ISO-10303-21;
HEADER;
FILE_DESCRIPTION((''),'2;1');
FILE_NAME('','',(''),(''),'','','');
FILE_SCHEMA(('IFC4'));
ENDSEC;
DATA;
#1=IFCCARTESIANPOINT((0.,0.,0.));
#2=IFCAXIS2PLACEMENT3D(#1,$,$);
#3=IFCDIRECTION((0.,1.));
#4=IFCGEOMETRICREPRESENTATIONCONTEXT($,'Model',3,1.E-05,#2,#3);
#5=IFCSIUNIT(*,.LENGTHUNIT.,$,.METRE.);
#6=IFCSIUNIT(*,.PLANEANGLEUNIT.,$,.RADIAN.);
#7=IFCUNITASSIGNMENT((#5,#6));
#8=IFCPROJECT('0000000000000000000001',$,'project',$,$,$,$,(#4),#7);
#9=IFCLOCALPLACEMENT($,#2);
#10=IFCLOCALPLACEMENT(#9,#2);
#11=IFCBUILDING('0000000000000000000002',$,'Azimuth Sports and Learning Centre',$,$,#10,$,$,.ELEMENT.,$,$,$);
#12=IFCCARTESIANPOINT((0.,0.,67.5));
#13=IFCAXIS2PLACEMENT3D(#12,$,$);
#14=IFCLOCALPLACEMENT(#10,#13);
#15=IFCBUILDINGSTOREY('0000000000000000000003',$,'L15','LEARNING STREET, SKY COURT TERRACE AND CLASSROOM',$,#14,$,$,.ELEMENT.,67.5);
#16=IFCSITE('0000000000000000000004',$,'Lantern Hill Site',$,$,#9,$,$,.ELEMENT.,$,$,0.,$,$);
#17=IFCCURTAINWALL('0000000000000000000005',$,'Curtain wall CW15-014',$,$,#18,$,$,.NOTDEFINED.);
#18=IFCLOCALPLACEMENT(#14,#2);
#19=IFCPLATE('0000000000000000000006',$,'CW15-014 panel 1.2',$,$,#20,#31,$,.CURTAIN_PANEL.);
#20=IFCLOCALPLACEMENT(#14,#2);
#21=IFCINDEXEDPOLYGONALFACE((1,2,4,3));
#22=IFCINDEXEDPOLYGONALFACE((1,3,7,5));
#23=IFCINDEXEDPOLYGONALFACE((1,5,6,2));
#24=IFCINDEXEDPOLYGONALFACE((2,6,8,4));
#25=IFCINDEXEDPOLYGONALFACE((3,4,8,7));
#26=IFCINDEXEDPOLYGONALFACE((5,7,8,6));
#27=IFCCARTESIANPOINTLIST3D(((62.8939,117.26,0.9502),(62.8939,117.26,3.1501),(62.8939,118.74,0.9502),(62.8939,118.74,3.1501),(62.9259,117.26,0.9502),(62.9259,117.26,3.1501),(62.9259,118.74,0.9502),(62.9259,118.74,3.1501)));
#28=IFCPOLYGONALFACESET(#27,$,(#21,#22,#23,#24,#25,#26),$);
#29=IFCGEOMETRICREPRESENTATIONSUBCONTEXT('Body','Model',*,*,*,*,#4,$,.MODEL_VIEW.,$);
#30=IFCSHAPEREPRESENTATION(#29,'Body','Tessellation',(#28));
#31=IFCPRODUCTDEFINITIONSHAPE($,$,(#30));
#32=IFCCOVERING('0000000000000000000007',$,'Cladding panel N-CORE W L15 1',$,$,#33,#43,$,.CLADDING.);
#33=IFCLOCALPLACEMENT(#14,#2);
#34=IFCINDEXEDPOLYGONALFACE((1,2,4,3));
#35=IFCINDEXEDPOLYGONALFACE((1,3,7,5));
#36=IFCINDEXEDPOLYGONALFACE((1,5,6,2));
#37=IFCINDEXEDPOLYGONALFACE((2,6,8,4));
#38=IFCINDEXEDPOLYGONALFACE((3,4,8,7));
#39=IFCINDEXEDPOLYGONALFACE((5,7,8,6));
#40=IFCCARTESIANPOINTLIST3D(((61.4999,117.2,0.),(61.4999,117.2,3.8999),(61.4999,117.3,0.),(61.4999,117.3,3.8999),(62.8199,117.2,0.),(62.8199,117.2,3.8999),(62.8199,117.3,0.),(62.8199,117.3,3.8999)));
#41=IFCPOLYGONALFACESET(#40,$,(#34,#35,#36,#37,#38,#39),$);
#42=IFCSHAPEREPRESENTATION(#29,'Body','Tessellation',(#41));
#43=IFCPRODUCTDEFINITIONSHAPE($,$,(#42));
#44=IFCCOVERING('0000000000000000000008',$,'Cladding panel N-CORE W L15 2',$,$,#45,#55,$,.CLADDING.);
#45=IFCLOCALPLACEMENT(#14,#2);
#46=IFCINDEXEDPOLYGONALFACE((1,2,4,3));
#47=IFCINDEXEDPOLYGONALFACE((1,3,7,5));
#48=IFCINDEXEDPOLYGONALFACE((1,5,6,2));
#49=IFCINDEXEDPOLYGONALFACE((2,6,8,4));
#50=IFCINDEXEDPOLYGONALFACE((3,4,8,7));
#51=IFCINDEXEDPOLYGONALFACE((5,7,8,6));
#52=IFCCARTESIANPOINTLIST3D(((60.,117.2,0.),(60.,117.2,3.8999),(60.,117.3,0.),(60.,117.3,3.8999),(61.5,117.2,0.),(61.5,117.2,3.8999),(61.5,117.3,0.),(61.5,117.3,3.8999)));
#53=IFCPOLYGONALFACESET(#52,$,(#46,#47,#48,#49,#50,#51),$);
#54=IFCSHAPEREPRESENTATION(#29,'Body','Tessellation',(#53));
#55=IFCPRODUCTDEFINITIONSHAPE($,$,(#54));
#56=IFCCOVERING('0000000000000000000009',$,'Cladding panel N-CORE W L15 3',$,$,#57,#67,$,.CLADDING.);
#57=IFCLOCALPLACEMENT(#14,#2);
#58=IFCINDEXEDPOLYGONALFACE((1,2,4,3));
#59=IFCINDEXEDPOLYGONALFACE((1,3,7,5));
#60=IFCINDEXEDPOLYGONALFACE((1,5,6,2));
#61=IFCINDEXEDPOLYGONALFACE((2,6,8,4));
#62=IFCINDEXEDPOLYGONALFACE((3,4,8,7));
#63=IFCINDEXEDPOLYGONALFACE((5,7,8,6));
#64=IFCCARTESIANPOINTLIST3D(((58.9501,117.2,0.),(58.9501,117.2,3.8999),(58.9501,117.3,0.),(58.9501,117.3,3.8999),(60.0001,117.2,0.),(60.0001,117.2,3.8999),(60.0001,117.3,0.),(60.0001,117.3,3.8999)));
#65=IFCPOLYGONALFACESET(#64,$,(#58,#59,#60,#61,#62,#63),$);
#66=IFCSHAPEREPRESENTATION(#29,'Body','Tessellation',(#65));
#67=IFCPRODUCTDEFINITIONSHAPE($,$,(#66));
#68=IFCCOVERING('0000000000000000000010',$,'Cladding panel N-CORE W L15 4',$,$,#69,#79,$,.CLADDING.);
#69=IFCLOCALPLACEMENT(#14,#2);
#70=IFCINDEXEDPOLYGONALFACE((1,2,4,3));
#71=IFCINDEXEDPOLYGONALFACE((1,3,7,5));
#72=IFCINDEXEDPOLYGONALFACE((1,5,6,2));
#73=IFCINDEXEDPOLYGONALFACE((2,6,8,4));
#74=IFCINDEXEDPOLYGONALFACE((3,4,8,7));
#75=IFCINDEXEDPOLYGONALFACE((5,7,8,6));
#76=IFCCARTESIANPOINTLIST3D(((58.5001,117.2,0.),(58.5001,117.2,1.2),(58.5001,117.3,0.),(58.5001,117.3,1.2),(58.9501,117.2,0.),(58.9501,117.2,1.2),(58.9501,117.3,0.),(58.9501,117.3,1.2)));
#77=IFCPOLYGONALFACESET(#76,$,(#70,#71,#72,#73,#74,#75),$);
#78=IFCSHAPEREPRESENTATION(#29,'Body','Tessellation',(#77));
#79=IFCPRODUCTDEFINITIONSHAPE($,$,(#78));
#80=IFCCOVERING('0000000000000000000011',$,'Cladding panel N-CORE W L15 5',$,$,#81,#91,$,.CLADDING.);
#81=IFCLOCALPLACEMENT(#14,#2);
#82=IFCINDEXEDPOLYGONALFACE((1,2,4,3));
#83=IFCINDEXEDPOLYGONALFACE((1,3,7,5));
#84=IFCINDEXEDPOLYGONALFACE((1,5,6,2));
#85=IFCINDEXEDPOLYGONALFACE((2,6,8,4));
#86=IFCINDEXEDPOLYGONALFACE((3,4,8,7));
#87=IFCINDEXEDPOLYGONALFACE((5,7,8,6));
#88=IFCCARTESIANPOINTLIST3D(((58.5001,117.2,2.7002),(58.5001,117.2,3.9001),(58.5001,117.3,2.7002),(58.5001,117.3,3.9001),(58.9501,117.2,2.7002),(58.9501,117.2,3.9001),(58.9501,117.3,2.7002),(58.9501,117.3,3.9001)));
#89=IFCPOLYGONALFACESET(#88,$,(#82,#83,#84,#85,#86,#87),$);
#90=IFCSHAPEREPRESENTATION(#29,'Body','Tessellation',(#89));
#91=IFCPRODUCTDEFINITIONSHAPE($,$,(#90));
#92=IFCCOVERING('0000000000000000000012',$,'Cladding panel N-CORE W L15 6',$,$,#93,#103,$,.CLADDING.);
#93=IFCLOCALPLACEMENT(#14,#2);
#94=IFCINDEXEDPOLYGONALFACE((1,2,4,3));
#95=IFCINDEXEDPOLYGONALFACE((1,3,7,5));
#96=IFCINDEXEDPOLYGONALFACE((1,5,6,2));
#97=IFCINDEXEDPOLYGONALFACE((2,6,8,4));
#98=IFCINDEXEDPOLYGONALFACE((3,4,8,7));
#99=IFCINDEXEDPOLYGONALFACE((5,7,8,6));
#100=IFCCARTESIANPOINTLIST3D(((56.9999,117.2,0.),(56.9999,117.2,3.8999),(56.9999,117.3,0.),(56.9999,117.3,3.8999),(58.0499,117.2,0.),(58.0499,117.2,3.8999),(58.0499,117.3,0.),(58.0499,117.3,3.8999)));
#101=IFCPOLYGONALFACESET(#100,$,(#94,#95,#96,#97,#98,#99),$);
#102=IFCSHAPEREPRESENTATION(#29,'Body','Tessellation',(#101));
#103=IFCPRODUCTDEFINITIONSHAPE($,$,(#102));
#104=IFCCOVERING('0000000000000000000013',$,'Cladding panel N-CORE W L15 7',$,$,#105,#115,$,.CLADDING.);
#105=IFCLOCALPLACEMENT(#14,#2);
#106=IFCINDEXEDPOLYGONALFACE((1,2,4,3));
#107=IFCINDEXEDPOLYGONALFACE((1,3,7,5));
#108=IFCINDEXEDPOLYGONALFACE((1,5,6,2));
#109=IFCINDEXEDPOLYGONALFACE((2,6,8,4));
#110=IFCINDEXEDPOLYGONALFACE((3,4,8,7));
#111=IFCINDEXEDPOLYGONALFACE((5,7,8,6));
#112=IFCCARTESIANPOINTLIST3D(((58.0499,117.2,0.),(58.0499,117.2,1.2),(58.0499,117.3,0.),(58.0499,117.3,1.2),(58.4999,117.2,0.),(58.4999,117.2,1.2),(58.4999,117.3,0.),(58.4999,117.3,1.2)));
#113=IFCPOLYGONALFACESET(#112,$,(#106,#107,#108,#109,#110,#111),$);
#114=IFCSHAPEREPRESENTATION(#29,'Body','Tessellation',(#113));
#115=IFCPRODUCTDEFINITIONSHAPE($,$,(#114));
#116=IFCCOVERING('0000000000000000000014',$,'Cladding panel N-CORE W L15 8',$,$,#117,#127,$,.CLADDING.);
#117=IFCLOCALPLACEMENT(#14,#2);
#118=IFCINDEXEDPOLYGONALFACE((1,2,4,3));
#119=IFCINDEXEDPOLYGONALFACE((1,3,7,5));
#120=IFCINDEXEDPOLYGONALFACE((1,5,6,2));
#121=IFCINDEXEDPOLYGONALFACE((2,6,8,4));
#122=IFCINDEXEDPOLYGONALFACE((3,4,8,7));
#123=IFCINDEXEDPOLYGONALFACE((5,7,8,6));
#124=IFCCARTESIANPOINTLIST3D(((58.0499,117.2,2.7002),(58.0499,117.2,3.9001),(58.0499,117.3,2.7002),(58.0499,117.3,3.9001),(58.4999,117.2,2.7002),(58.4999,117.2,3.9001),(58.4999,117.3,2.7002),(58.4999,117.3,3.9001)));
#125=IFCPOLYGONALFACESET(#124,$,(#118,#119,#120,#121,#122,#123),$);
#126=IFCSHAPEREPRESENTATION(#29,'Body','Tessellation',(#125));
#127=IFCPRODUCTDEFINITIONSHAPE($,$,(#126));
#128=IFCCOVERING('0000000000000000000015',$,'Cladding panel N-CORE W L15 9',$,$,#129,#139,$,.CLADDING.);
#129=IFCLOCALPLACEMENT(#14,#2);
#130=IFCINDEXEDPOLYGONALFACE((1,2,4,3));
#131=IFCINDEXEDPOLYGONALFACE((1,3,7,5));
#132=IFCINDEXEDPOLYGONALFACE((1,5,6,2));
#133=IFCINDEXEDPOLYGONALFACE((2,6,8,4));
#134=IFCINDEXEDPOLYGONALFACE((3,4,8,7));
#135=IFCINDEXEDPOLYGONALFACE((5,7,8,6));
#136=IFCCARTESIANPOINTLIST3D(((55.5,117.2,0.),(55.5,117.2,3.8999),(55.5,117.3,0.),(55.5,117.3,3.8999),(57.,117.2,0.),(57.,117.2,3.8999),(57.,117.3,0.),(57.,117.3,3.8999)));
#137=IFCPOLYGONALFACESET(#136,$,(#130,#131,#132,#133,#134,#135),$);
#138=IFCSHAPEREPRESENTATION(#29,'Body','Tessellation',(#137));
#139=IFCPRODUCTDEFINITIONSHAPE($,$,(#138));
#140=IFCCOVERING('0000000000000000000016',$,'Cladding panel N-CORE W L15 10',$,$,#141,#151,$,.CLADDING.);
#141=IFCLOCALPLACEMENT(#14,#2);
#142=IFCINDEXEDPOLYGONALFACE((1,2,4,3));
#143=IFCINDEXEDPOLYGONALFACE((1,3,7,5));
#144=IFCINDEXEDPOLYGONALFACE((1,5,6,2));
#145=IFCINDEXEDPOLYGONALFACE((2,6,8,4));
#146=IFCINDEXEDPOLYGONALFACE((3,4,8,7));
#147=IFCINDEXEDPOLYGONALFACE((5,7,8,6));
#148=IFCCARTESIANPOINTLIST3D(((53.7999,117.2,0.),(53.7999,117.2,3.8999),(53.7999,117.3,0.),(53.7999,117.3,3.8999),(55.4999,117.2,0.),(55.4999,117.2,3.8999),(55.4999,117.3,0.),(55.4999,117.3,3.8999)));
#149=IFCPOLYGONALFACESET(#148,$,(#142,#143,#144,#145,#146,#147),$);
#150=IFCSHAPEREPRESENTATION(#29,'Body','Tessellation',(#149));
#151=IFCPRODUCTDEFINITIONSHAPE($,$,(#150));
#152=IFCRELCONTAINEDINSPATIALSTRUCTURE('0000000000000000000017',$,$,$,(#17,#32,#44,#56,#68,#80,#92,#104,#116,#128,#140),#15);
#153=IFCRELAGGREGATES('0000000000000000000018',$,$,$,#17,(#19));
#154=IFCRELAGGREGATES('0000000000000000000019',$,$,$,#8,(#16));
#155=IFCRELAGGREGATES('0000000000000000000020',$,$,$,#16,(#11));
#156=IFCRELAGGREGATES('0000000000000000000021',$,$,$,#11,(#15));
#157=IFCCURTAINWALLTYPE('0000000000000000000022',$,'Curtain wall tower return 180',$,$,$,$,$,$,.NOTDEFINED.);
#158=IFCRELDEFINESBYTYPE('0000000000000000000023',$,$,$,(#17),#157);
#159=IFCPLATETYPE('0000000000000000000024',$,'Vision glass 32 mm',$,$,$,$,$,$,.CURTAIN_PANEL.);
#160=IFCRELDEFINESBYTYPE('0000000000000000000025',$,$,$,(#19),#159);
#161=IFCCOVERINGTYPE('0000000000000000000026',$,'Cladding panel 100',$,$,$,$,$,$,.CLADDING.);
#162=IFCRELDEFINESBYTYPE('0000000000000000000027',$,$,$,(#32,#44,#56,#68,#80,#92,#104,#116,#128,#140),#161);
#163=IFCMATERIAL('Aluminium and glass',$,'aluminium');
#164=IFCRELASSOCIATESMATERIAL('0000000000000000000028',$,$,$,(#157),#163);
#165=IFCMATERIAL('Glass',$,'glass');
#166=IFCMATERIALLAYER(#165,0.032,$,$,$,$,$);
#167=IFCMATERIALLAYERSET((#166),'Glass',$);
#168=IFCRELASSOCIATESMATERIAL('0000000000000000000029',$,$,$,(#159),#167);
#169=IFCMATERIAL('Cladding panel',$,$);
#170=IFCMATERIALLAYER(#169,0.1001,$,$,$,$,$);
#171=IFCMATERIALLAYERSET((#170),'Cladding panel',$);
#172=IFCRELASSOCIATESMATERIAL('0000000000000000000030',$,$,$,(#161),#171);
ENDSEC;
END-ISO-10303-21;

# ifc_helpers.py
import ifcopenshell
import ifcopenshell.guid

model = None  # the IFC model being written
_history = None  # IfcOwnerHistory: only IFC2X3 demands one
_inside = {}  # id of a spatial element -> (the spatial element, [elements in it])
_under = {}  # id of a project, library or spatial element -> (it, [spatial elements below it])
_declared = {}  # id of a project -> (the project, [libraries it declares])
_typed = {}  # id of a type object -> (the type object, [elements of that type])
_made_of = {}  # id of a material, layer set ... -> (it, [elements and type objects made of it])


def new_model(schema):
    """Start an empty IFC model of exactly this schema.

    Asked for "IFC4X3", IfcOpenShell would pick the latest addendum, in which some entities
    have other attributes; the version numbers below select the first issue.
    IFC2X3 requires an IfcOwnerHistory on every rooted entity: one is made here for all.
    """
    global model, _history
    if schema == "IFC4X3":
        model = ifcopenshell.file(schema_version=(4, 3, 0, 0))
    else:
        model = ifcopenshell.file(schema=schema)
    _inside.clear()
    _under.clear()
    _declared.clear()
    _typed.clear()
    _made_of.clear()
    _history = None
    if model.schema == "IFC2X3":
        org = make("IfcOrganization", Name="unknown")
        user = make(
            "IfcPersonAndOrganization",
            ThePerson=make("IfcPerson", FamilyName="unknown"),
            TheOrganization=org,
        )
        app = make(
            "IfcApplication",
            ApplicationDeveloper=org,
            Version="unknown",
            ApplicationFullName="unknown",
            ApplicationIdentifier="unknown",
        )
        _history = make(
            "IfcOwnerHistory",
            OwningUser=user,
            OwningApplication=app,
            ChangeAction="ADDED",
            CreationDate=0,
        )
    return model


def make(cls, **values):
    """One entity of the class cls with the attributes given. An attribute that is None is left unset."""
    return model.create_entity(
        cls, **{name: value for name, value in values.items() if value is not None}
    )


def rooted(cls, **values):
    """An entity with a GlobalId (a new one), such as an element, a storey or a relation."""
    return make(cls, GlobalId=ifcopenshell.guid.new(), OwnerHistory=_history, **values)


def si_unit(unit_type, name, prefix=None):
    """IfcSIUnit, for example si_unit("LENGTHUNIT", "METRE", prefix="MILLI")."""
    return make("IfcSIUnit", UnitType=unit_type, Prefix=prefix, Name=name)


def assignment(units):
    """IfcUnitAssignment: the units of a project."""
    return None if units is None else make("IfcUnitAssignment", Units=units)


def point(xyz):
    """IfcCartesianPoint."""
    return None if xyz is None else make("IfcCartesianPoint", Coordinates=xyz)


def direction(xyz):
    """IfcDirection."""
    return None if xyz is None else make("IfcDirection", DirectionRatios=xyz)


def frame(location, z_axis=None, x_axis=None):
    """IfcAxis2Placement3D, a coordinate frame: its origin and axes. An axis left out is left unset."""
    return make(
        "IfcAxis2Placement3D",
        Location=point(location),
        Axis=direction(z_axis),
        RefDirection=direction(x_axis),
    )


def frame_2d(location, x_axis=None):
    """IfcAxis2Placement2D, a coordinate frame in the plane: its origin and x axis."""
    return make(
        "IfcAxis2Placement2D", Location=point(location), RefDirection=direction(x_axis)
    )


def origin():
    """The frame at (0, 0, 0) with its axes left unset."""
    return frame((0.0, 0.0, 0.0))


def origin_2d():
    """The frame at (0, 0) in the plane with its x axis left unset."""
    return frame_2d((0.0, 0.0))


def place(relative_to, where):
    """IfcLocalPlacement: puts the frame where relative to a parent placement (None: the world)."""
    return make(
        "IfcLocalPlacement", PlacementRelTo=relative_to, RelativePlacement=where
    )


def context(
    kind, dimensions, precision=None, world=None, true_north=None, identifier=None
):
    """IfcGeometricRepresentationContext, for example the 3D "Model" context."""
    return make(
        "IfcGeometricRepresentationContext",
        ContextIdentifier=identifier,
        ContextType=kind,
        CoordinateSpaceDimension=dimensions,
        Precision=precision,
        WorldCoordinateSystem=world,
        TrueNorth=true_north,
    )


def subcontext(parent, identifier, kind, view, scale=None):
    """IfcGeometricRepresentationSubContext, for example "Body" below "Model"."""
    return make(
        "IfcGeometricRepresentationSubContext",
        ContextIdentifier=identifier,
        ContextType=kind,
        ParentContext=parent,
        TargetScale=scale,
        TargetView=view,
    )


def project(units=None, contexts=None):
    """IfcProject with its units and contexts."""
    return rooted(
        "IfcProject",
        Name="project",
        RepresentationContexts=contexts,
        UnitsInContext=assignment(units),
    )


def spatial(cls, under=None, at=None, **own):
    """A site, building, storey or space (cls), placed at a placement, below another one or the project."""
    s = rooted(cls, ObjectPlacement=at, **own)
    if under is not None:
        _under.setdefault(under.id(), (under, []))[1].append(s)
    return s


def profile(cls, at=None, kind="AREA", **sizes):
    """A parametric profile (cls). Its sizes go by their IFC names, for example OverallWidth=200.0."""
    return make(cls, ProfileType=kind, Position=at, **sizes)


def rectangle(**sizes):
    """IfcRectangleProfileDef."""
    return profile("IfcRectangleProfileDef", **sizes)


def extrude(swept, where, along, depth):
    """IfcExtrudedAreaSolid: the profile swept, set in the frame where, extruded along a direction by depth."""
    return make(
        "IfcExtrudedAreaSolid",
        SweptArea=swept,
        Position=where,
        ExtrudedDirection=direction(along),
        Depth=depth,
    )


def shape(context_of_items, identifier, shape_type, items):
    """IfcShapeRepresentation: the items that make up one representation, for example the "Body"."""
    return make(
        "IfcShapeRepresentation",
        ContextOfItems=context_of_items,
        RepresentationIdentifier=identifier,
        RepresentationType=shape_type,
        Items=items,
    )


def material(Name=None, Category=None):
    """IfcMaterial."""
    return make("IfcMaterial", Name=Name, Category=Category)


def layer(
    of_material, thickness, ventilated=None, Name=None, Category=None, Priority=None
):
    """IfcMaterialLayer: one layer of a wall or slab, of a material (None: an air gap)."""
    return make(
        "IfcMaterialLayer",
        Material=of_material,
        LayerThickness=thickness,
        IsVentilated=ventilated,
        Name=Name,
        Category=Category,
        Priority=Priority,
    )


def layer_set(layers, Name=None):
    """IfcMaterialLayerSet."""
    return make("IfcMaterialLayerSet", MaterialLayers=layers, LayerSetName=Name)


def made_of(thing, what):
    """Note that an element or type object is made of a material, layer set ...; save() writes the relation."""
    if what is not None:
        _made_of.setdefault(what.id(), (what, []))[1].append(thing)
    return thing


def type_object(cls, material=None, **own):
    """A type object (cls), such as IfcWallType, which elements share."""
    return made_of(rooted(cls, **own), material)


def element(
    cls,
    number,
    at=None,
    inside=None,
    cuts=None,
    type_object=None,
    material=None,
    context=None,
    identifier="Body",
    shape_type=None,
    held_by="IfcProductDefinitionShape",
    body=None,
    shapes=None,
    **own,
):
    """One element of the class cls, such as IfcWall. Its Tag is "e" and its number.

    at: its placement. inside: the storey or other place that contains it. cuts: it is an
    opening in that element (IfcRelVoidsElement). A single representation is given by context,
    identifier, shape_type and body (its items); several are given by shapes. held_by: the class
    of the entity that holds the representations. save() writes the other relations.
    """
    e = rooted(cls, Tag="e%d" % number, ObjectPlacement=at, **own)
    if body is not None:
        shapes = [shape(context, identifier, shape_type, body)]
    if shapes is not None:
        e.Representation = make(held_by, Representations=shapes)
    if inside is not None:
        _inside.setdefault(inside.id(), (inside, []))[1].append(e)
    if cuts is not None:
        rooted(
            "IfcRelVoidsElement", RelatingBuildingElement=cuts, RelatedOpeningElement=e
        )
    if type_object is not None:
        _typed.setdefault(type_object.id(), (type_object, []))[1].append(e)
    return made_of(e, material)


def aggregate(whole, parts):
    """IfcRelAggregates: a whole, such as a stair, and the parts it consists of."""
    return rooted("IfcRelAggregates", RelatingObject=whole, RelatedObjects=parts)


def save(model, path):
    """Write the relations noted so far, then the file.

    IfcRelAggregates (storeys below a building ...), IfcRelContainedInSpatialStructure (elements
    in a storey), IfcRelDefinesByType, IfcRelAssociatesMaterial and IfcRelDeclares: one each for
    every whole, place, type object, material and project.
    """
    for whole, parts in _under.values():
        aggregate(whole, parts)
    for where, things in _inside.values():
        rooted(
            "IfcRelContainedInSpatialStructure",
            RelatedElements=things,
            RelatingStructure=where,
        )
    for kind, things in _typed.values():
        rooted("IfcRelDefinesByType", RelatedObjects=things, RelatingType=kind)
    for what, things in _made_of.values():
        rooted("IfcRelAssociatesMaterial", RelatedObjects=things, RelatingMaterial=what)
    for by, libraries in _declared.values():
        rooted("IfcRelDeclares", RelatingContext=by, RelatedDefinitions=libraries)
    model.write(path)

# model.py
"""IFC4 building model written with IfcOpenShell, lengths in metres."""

from ifc_helpers import new_model, si_unit, direction, frame, origin, origin_2d, place, context, subcontext, project, spatial, rectangle, extrude, material, layer, layer_set, type_object, element, aggregate, save


model = new_model("IFC4")

# Units and contexts
model_context = context("Model", 3, precision=1e-05, world=origin(), true_north=direction((0.0, 1.0)))
body_context = subcontext(model_context, "Body", "Model", "MODEL_VIEW")
ifc_project = project(units=[si_unit("LENGTHUNIT", "METRE"), si_unit("PLANEANGLEUNIT", "RADIAN")], contexts=[model_context])

# Site, building, storey
site_placement = place(None, origin())
site = spatial("IfcSite", under=ifc_project, at=site_placement, Name="Lantern Hill Site", CompositionType="ELEMENT", RefElevation=0.0)
building_placement = place(site_placement, origin())
building = spatial("IfcBuilding", under=site, at=building_placement, Name="Azimuth Sports and Learning Centre", CompositionType="ELEMENT")
storey_placement = place(building_placement, frame((0.0, 0.0, 67.5)))
storey = spatial("IfcBuildingStorey", under=building, at=storey_placement, Name="L15", Description="LEARNING STREET, SKY COURT TERRACE AND CLASSROOM", CompositionType="ELEMENT", Elevation=67.5)

# Curtain wall
ifc_material_1 = material(Name="Aluminium and glass", Category="aluminium")
curtain_wall_type_1 = type_object("IfcCurtainWallType", Name="Curtain wall tower return 180", PredefinedType="NOTDEFINED", material=ifc_material_1)
curtain_wall_1_placement = place(storey_placement, origin())
curtain_wall_1 = element("IfcCurtainWall", 1, at=curtain_wall_1_placement, inside=storey, type_object=curtain_wall_type_1, Name="Curtain wall CW15-014", PredefinedType="NOTDEFINED")

# Plate
ifc_material_2 = material(Name="Glass", Category="glass")
ifc_layer_1 = layer(ifc_material_2, 0.032)
ifc_layer_set_1 = layer_set([ifc_layer_1], Name="Glass")
plate_type_1 = type_object("IfcPlateType", Name="Vision glass 32 mm", PredefinedType="CURTAIN_PANEL", material=ifc_layer_set_1)
plate_1_placement = place(storey_placement, frame((62.9099, 118.0, 0.9502), z_axis=(0.0, 0.0, 1.0), x_axis=(0.0, -1.0, 0.0)))
plate_1 = element("IfcPlate", 2, at=plate_1_placement, type_object=plate_type_1, Name="CW15-014 panel 1.2", PredefinedType="CURTAIN_PANEL", context=body_context, shape_type="SweptSolid", body=[
    extrude(rectangle(XDim=1.48, YDim=0.032, at=origin_2d()), origin(), (0.0, 0.0, 1.0), 2.2),
])
aggregate(curtain_wall_1, [plate_1])

# Coverings
ifc_material_3 = material(Name="Cladding panel")
ifc_layer_2 = layer(ifc_material_3, 0.1001)
ifc_layer_set_2 = layer_set([ifc_layer_2], Name="Cladding panel")
covering_type = type_object("IfcCoveringType", Name="Cladding panel 100", PredefinedType="CLADDING", material=ifc_layer_set_2)
covering_1_placement = place(storey_placement, frame((62.1599, 117.25, 0.0), z_axis=(0.0, 0.0, 1.0), x_axis=(-1.0, 0.0, 0.0)))
element("IfcCovering", 3, at=covering_1_placement, inside=storey, type_object=covering_type, Name="Cladding panel N-CORE W L15 1", PredefinedType="CLADDING", context=body_context, shape_type="SweptSolid", body=[
    extrude(rectangle(XDim=1.3201, YDim=0.1001, at=origin_2d()), origin(), (0.0, 0.0, 1.0), 3.8999),
])
covering_2_placement = place(storey_placement, frame((60.75, 117.25, 0.0), z_axis=(0.0, 0.0, 1.0), x_axis=(-1.0, 0.0, 0.0)))
element("IfcCovering", 4, at=covering_2_placement, inside=storey, type_object=covering_type, Name="Cladding panel N-CORE W L15 2", PredefinedType="CLADDING", context=body_context, shape_type="SweptSolid", body=[
    extrude(rectangle(XDim=1.5, YDim=0.1001, at=origin_2d()), origin(), (0.0, 0.0, 1.0), 3.8999),
])
covering_3_placement = place(storey_placement, frame((59.4751, 117.25, 0.0), z_axis=(0.0, 0.0, 1.0), x_axis=(-1.0, 0.0, 0.0)))
element("IfcCovering", 5, at=covering_3_placement, inside=storey, type_object=covering_type, Name="Cladding panel N-CORE W L15 3", PredefinedType="CLADDING", context=body_context, shape_type="SweptSolid", body=[
    extrude(rectangle(XDim=1.05, YDim=0.1001, at=origin_2d()), origin(), (0.0, 0.0, 1.0), 3.8999),
])
for number, where, z_axis, x_axis, name in (
    (6, (58.7251, 117.25, 0.0), (0.0, 0.0, 1.0), (-1.0, 0.0, 0.0), "Cladding panel N-CORE W L15 4"),
    (7, (58.7251, 117.25, 2.7002), (0.0, 0.0, 1.0), (-1.0, 0.0, 0.0), "Cladding panel N-CORE W L15 5"),
):
    element("IfcCovering", number, at=place(storey_placement, frame(where, z_axis=z_axis, x_axis=x_axis)), inside=storey, type_object=covering_type, Name=name, PredefinedType="CLADDING", context=body_context, shape_type="SweptSolid", body=[
        extrude(rectangle(XDim=0.45, YDim=0.1001, at=origin_2d()), origin(), (0.0, 0.0, 1.0), 1.2),
    ])
covering_4_placement = place(storey_placement, frame((57.5249, 117.25, 0.0), z_axis=(0.0, 0.0, 1.0), x_axis=(-1.0, 0.0, 0.0)))
element("IfcCovering", 8, at=covering_4_placement, inside=storey, type_object=covering_type, Name="Cladding panel N-CORE W L15 6", PredefinedType="CLADDING", context=body_context, shape_type="SweptSolid", body=[
    extrude(rectangle(XDim=1.05, YDim=0.1001, at=origin_2d()), origin(), (0.0, 0.0, 1.0), 3.8999),
])
for number, where, z_axis, x_axis, name in (
    (9, (58.2749, 117.25, 0.0), (0.0, 0.0, 1.0), (-1.0, 0.0, 0.0), "Cladding panel N-CORE W L15 7"),
    (10, (58.2749, 117.25, 2.7002), (0.0, 0.0, 1.0), (-1.0, 0.0, 0.0), "Cladding panel N-CORE W L15 8"),
):
    element("IfcCovering", number, at=place(storey_placement, frame(where, z_axis=z_axis, x_axis=x_axis)), inside=storey, type_object=covering_type, Name=name, PredefinedType="CLADDING", context=body_context, shape_type="SweptSolid", body=[
        extrude(rectangle(XDim=0.45, YDim=0.1001, at=origin_2d()), origin(), (0.0, 0.0, 1.0), 1.2),
    ])
covering_5_placement = place(storey_placement, frame((56.25, 117.25, 0.0), z_axis=(0.0, 0.0, 1.0), x_axis=(-1.0, 0.0, 0.0)))
element("IfcCovering", 11, at=covering_5_placement, inside=storey, type_object=covering_type, Name="Cladding panel N-CORE W L15 9", PredefinedType="CLADDING", context=body_context, shape_type="SweptSolid", body=[
    extrude(rectangle(XDim=1.5, YDim=0.1001, at=origin_2d()), origin(), (0.0, 0.0, 1.0), 3.8999),
])
covering_6_placement = place(storey_placement, frame((54.6499, 117.25, 0.0), z_axis=(0.0, 0.0, 1.0), x_axis=(-1.0, 0.0, 0.0)))
element("IfcCovering", 12, at=covering_6_placement, inside=storey, type_object=covering_type, Name="Cladding panel N-CORE W L15 10", PredefinedType="CLADDING", context=body_context, shape_type="SweptSolid", body=[
    extrude(rectangle(XDim=1.7, YDim=0.1001, at=origin_2d()), origin(), (0.0, 0.0, 1.0), 3.8999),
])

save(model, "model.ifc")
